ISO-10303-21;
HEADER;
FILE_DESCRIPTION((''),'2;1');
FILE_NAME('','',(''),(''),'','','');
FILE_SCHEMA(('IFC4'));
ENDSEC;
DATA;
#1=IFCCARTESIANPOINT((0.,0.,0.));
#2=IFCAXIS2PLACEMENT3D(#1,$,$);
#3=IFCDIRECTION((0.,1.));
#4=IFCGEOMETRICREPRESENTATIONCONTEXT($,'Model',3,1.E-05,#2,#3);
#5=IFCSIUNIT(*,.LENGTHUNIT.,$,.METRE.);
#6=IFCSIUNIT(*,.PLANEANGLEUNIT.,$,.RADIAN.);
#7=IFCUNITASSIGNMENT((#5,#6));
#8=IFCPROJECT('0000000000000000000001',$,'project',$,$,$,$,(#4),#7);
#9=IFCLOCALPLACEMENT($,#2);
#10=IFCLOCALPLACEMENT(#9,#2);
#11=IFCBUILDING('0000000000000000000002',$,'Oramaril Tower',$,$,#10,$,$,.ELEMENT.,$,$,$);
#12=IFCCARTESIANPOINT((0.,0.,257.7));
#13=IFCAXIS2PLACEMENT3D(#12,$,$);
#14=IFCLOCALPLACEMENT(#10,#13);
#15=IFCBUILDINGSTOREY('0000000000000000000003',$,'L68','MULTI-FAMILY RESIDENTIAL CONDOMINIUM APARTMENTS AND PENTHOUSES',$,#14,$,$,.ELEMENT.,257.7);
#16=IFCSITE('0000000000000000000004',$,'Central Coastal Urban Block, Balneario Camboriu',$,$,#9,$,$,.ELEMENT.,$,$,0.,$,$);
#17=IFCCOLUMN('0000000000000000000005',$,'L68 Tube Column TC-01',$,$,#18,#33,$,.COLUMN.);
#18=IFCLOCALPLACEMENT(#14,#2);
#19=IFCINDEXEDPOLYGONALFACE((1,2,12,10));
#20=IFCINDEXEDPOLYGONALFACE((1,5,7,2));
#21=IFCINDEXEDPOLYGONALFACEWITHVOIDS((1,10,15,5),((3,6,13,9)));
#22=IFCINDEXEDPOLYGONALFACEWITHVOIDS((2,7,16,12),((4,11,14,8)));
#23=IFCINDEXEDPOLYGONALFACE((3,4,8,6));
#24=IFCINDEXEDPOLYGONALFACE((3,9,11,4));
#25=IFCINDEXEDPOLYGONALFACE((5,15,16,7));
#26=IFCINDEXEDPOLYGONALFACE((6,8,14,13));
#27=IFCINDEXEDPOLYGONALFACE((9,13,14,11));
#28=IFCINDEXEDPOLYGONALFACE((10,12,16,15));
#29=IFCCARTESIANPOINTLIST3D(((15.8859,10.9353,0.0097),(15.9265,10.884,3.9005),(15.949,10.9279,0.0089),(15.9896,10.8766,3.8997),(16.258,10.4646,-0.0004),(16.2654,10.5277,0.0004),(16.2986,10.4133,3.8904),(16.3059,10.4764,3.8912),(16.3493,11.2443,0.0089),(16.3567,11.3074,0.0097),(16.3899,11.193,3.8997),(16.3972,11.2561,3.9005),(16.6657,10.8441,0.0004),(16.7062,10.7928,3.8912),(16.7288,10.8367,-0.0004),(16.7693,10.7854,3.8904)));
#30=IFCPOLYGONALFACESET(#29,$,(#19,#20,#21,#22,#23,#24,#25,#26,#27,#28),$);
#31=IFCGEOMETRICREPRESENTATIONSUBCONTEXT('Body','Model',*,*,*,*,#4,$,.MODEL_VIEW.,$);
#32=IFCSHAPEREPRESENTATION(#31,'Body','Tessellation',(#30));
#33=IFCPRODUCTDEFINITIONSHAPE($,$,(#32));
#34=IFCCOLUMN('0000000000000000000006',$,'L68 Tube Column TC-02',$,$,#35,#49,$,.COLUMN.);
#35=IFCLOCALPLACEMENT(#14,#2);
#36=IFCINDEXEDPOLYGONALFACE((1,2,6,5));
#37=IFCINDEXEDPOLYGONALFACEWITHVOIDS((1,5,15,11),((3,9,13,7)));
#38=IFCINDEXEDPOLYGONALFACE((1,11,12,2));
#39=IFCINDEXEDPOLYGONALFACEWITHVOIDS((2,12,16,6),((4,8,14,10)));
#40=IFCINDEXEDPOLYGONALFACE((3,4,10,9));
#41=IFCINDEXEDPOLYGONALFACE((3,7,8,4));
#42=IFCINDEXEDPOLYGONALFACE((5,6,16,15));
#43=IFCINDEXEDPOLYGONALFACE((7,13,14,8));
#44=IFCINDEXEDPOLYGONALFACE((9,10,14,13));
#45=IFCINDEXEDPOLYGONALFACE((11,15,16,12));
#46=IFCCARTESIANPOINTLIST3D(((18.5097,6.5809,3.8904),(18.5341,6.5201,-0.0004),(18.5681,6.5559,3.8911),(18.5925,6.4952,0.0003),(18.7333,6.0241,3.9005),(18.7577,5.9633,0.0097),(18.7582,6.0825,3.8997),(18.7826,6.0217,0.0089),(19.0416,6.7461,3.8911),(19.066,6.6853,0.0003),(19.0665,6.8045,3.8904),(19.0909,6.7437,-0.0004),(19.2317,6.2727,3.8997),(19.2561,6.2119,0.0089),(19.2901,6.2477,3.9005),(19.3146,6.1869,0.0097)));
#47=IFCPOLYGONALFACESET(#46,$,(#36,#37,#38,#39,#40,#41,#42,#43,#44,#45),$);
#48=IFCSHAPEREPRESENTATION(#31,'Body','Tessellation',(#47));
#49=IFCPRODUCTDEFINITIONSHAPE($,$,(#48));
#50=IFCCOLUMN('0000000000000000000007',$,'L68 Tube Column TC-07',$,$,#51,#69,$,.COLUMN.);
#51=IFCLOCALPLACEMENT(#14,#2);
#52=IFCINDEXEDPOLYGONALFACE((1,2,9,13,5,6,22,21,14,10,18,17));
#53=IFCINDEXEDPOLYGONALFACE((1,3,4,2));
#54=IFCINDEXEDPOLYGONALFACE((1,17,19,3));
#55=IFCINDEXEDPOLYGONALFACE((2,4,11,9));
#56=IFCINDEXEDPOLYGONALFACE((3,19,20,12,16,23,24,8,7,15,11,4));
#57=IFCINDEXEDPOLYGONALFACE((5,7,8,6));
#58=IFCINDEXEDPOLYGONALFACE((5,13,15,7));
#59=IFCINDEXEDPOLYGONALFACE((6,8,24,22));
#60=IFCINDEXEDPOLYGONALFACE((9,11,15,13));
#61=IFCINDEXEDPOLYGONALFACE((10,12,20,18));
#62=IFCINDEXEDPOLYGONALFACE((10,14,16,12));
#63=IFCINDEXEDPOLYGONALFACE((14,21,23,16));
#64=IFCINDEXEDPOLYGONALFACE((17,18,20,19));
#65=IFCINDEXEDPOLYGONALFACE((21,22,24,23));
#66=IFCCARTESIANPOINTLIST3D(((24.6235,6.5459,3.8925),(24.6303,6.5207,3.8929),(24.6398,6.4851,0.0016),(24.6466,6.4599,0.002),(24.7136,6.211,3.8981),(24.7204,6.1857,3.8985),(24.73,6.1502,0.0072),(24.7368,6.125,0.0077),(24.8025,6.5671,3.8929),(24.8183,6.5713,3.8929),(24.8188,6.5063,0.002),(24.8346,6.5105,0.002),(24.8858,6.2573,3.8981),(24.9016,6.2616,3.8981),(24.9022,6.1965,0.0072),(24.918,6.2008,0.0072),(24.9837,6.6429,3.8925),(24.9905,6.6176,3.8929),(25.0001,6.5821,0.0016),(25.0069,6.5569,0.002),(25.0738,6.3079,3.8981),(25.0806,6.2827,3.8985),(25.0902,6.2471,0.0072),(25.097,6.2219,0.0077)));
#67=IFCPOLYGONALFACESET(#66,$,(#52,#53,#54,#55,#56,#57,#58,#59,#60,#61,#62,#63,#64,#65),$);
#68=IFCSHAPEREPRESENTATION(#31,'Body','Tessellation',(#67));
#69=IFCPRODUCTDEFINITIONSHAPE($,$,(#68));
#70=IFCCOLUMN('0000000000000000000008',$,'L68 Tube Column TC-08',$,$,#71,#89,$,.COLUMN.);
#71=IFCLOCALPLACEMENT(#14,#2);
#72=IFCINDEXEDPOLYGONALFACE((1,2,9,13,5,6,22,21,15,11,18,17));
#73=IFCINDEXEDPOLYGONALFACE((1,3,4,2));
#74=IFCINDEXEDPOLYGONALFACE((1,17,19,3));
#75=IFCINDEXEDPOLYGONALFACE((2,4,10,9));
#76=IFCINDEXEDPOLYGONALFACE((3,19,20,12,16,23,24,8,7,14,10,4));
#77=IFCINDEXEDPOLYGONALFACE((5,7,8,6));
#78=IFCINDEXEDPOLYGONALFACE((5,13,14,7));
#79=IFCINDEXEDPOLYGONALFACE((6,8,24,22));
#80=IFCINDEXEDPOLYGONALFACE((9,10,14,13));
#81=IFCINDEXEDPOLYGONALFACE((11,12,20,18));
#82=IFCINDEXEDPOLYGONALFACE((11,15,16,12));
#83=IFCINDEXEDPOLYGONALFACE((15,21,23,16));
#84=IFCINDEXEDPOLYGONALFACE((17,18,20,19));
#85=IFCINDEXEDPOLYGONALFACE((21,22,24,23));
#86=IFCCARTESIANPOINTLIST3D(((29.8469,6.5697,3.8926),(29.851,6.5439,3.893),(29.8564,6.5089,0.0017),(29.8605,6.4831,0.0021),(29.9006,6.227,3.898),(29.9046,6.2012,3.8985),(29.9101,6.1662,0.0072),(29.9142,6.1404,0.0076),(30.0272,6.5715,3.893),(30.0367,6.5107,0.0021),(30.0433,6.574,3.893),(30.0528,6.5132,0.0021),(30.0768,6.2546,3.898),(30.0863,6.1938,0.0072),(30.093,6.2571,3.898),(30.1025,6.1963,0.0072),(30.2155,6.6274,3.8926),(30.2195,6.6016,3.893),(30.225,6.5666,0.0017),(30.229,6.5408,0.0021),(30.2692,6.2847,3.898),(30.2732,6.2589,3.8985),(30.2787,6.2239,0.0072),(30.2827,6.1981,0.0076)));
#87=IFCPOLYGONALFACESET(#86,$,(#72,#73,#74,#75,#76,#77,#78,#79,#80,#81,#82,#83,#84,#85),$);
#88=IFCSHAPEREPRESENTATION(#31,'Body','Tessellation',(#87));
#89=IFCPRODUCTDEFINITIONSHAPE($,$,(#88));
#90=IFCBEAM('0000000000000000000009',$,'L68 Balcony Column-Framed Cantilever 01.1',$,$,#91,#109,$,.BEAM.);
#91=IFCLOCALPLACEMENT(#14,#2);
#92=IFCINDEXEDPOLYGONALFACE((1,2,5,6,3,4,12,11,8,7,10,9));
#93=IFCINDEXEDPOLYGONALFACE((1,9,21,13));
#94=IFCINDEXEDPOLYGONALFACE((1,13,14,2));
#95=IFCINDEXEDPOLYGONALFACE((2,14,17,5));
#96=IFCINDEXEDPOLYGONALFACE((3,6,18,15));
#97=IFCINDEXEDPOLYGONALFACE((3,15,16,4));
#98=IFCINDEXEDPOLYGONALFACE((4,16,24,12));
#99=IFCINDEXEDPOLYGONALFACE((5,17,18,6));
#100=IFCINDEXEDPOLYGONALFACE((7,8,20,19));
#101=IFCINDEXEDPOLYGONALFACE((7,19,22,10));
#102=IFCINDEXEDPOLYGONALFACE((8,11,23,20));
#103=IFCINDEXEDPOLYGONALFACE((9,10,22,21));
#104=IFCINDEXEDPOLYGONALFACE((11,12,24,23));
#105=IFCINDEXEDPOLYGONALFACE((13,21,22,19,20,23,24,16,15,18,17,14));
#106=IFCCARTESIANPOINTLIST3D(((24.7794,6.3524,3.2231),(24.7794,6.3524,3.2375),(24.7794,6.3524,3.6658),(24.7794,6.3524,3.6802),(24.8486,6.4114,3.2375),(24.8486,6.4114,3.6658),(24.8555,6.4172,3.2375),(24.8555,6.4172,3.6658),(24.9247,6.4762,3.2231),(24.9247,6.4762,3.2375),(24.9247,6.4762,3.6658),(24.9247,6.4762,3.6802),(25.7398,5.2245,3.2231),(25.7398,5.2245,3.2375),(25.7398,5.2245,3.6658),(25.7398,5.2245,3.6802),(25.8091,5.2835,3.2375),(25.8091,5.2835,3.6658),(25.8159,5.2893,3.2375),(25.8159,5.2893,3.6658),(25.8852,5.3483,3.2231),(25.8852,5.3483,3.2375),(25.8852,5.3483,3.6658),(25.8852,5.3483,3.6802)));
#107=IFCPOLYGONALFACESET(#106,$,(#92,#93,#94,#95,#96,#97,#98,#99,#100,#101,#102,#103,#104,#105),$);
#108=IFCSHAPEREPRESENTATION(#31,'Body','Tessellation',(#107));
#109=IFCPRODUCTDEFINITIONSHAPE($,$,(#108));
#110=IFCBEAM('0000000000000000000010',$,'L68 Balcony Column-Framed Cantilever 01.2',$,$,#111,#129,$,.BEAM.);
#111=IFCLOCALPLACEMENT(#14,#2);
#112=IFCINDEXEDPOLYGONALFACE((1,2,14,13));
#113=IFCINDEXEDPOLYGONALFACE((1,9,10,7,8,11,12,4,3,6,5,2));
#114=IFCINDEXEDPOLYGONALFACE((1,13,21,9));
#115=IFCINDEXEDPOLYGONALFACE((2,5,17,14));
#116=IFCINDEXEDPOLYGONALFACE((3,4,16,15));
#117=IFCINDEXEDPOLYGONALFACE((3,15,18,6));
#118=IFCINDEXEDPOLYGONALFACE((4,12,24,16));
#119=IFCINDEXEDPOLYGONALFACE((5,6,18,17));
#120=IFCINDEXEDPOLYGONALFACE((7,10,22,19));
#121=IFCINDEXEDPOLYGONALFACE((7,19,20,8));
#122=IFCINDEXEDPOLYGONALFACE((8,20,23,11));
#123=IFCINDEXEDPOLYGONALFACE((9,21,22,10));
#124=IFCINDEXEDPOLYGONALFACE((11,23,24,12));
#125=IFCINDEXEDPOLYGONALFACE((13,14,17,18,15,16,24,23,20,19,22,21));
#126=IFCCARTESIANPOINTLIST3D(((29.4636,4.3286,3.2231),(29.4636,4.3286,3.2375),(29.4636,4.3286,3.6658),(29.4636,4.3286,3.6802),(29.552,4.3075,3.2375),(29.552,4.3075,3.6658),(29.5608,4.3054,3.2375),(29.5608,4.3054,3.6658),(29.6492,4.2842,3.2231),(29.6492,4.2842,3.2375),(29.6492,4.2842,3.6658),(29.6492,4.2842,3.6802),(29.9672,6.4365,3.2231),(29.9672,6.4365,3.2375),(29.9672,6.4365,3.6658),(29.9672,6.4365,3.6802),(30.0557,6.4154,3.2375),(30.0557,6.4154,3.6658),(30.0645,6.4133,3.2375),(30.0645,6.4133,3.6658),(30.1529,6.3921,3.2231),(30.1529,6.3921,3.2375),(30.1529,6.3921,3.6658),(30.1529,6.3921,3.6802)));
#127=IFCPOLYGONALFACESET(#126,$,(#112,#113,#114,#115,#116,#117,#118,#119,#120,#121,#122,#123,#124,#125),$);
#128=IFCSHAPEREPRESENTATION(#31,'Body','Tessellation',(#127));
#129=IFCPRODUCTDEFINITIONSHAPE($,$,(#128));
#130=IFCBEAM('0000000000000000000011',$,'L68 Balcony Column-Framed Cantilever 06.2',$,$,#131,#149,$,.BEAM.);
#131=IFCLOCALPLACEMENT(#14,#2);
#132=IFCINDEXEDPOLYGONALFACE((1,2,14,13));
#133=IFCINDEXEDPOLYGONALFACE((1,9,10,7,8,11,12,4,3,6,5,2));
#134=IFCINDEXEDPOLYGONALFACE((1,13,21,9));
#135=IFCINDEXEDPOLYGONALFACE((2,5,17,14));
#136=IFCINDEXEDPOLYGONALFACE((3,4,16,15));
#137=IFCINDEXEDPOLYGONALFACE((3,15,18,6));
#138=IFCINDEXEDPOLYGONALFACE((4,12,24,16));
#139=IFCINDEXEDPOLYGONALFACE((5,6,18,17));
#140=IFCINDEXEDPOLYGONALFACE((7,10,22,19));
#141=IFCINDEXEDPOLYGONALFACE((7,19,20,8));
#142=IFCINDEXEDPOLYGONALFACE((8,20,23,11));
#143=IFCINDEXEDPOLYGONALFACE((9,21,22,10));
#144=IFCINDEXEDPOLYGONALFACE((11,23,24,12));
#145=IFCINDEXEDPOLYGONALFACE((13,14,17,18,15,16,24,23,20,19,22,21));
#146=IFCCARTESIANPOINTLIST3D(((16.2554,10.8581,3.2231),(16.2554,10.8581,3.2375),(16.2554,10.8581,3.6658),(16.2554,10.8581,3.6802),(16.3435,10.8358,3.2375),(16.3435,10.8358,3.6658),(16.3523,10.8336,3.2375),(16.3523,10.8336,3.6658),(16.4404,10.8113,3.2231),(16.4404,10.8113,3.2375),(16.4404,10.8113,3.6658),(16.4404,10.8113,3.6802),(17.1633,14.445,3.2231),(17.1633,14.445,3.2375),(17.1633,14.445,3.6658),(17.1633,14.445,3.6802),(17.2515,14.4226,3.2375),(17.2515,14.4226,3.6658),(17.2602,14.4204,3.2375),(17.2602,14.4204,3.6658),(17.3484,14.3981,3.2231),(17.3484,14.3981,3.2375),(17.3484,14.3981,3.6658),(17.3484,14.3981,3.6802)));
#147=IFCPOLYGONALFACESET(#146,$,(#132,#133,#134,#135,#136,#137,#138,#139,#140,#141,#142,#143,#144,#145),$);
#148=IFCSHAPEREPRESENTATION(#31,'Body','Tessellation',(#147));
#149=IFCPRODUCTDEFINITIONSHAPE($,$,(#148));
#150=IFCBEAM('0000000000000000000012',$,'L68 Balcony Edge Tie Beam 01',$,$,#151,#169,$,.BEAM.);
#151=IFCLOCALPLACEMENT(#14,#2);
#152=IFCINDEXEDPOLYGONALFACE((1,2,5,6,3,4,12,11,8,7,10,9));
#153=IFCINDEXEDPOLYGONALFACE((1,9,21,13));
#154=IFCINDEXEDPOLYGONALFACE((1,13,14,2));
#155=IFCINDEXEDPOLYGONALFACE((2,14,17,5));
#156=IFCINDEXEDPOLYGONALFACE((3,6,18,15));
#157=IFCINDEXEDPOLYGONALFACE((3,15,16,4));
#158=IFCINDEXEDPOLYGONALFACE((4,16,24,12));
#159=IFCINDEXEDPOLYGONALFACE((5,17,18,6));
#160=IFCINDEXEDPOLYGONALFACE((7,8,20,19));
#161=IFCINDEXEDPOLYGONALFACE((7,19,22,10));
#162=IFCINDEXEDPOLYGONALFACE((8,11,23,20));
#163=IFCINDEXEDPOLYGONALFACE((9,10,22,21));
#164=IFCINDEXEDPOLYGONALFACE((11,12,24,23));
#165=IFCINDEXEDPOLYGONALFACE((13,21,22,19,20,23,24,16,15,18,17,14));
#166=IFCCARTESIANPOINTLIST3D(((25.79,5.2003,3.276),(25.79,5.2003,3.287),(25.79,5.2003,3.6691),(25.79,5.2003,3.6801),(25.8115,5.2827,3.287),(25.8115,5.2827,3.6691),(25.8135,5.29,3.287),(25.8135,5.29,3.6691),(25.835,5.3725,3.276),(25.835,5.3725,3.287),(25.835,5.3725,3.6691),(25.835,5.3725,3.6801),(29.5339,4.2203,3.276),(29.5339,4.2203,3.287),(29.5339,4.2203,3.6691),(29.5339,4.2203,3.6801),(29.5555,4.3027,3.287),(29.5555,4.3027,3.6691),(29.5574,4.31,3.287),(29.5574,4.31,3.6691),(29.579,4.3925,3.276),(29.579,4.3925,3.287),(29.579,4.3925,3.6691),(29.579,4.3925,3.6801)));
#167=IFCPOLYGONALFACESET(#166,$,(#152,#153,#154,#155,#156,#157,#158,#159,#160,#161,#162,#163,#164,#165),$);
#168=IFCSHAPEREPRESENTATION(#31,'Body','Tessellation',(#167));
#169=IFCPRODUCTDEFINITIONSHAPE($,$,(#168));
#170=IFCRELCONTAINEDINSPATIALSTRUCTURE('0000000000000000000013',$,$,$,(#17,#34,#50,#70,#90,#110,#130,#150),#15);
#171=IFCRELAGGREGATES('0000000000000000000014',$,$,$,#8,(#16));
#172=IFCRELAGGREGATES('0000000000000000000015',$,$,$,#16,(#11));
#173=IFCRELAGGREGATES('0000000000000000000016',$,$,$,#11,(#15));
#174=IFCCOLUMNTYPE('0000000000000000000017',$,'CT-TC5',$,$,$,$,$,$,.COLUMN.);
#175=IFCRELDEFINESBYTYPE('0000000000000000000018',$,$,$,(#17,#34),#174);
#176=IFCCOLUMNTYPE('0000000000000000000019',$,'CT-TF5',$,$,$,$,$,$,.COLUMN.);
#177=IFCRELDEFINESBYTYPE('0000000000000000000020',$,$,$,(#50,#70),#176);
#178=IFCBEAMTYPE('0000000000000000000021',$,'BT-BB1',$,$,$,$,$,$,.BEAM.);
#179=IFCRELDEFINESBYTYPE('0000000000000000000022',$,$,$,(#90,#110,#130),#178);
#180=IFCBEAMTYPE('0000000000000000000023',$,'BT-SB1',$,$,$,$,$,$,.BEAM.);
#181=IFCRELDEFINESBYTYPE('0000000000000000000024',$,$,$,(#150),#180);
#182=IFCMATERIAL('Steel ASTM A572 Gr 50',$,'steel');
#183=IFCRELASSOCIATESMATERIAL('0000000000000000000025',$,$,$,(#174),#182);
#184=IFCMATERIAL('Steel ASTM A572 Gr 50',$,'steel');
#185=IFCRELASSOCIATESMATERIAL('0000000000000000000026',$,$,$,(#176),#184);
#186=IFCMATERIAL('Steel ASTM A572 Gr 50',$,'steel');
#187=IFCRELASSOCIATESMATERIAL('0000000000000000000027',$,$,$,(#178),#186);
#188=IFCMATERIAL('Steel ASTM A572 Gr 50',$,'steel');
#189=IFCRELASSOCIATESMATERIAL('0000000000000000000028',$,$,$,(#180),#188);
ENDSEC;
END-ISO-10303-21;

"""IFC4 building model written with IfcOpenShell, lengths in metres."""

from ifc_helpers import new_model, si_unit, direction, frame, origin, origin_2d, place, context, subcontext, project, spatial, hollow_rectangle, i_section, extrude, material, material_profile, profile_set, type_object, element, save


model = new_model("IFC4")

# Units and contexts
model_context = context("Model", 3, precision=1e-05, world=origin(), true_north=direction((0.0, 1.0)))
body_context = subcontext(model_context, "Body", "Model", "MODEL_VIEW")
ifc_project = project(units=[si_unit("LENGTHUNIT", "METRE"), si_unit("PLANEANGLEUNIT", "RADIAN")], contexts=[model_context])

# Site, building, storey
site_placement = place(None, origin())
site = spatial("IfcSite", under=ifc_project, at=site_placement, Name="Central Coastal Urban Block, Balneario Camboriu", CompositionType="ELEMENT", RefElevation=0.0)
building_placement = place(site_placement, origin())
building = spatial("IfcBuilding", under=site, at=building_placement, Name="Oramaril Tower", CompositionType="ELEMENT")
storey_placement = place(building_placement, frame((0.0, 0.0, 257.7)))
storey = spatial("IfcBuildingStorey", under=building, at=storey_placement, Name="L68", Description="MULTI-FAMILY RESIDENTIAL CONDOMINIUM APARTMENTS AND PENTHOUSES", CompositionType="ELEMENT", Elevation=257.7)

# Columns
ifc_material_1 = material(Name="Steel ASTM A572 Gr 50", Category="steel")
ifc_material_profile_1 = material_profile(ifc_material_1, hollow_rectangle(XDim=0.6001, YDim=0.6001, WallThickness=0.0449, at=origin_2d()), Name="BOX600X600X45")
ifc_profile_set_1 = profile_set([ifc_material_profile_1], Name="Steel ASTM A572 Gr 50")
column_type_1 = type_object("IfcColumnType", Name="CT-TC5", PredefinedType="COLUMN", material=ifc_profile_set_1)
for number, where, z_axis, x_axis, name in (
    (1, (16.3074, 10.886, 0.0046), (0.010415, -0.013175, 0.999859), (0.7845, 0.620129, 0.0), "L68 Tube Column TC-01"),
    (2, (18.9243, 6.3535, 0.0046), (-0.006274, 0.015622, 0.999858), (-0.927962, -0.372675, 0.0), "L68 Tube Column TC-02"),
):
    element("IfcColumn", number, at=place(storey_placement, frame(where, z_axis=z_axis, x_axis=x_axis)), inside=storey, type_object=column_type_1, Name=name, PredefinedType="COLUMN", context=body_context, shape_type="SweptSolid", body=[
        extrude(hollow_rectangle(XDim=0.6001, YDim=0.6001, WallThickness=0.0449, at=origin_2d()), origin(), (0.0, 0.0, 1.0), 3.8914),
    ])
ifc_material_2 = material(Name="Steel ASTM A572 Gr 50", Category="steel")
ifc_material_profile_2 = material_profile(ifc_material_2, i_section(OverallWidth=0.373, OverallDepth=0.373, WebThickness=0.0164, FlangeThickness=0.0261, at=origin_2d()), Name="W14X132")
ifc_profile_set_2 = profile_set([ifc_material_profile_2], Name="Steel ASTM A572 Gr 50")
column_type_2 = type_object("IfcColumnType", Name="CT-TF5", PredefinedType="COLUMN", material=ifc_profile_set_2)
for number, where, z_axis, x_axis, name in (
    (3, (24.8684, 6.3535, 0.0046), (-0.004204, 0.015622, 0.999869), (-0.965653, -0.259834, 0.0), "L68 Tube Column TC-07"),
    (4, (30.0696, 6.3535, 0.0046), (-0.002447, 0.015622, 0.999875), (-0.987955, -0.15474, 0.0), "L68 Tube Column TC-08"),
):
    element("IfcColumn", number, at=place(storey_placement, frame(where, z_axis=z_axis, x_axis=x_axis)), inside=storey, type_object=column_type_2, Name=name, PredefinedType="COLUMN", context=body_context, shape_type="SweptSolid", body=[
        extrude(i_section(OverallWidth=0.373, OverallDepth=0.373, WebThickness=0.0164, FlangeThickness=0.0261, at=origin_2d()), origin(), (0.0, 0.0, 1.0), 3.8914),
    ])

# Beams
ifc_material_3 = material(Name="Steel ASTM A572 Gr 50", Category="steel")
ifc_material_profile_3 = material_profile(ifc_material_3, i_section(OverallWidth=0.1909, OverallDepth=0.457, WebThickness=0.009, FlangeThickness=0.0144, at=origin_2d()), Name="W18X50")
ifc_profile_set_3 = profile_set([ifc_material_profile_3], Name="Steel ASTM A572 Gr 50")
beam_type_1 = type_object("IfcBeamType", Name="BT-BB1", PredefinedType="BEAM", material=ifc_profile_set_3)
beam_1_placement = place(storey_placement, frame((24.8521, 6.4143, 3.4517), z_axis=(0.648318, -0.76137, 0.0), x_axis=(0.76137, 0.648318, 0.0)))
element("IfcBeam", 5, at=beam_1_placement, inside=storey, type_object=beam_type_1, Name="L68 Balcony Column-Framed Cantilever 01.1", PredefinedType="BEAM", context=body_context, shape_type="SweptSolid", body=[
    extrude(i_section(OverallWidth=0.1909, OverallDepth=0.457, WebThickness=0.009, FlangeThickness=0.0144, at=origin_2d()), origin(), (0.0, 0.0, 1.0), 1.4814),
])
beam_2_placement = place(storey_placement, frame((30.0601, 6.4143, 3.4517), z_axis=(-0.232397, -0.972621, 0.0), x_axis=(0.972621, -0.232397, 0.0)))
element("IfcBeam", 6, at=beam_2_placement, inside=storey, type_object=beam_type_1, Name="L68 Balcony Column-Framed Cantilever 01.2", PredefinedType="BEAM", context=body_context, shape_type="SweptSolid", body=[
    extrude(i_section(OverallWidth=0.1909, OverallDepth=0.457, WebThickness=0.009, FlangeThickness=0.0144, at=origin_2d()), origin(), (0.0, 0.0, 1.0), 2.1672),
])
beam_3_placement = place(storey_placement, frame((16.3479, 10.8347, 3.4517), z_axis=(0.245391, 0.969424, 0.0), x_axis=(-0.969424, 0.245391, 0.0)))
element("IfcBeam", 7, at=beam_3_placement, inside=storey, type_object=beam_type_1, Name="L68 Balcony Column-Framed Cantilever 06.2", PredefinedType="BEAM", context=body_context, shape_type="SweptSolid", body=[
    extrude(i_section(OverallWidth=0.1909, OverallDepth=0.457, WebThickness=0.009, FlangeThickness=0.0144, at=origin_2d()), origin(), (0.0, 0.0, 1.0), 3.7),
])
ifc_material_4 = material(Name="Steel ASTM A572 Gr 50", Category="steel")
ifc_material_profile_4 = material_profile(ifc_material_4, i_section(OverallWidth=0.178, OverallDepth=0.4041, WebThickness=0.0076, FlangeThickness=0.011, at=origin_2d()), Name="W16X36")
ifc_profile_set_4 = profile_set([ifc_material_profile_4], Name="Steel ASTM A572 Gr 50")
beam_type_2 = type_object("IfcBeamType", Name="BT-SB1", PredefinedType="BEAM", material=ifc_profile_set_4)
beam_4_placement = place(storey_placement, frame((25.8125, 5.2864, 3.478), z_axis=(0.967408, -0.253223, 0.0), x_axis=(0.253223, 0.967408, 0.0)))
element("IfcBeam", 8, at=beam_4_placement, inside=storey, type_object=beam_type_2, Name="L68 Balcony Edge Tie Beam 01", PredefinedType="BEAM", context=body_context, shape_type="SweptSolid", body=[
    extrude(i_section(OverallWidth=0.178, OverallDepth=0.4041, WebThickness=0.0076, FlangeThickness=0.011, at=origin_2d()), origin(), (0.0, 0.0, 1.0), 3.8701),
])

save(model, "model.ifc")
